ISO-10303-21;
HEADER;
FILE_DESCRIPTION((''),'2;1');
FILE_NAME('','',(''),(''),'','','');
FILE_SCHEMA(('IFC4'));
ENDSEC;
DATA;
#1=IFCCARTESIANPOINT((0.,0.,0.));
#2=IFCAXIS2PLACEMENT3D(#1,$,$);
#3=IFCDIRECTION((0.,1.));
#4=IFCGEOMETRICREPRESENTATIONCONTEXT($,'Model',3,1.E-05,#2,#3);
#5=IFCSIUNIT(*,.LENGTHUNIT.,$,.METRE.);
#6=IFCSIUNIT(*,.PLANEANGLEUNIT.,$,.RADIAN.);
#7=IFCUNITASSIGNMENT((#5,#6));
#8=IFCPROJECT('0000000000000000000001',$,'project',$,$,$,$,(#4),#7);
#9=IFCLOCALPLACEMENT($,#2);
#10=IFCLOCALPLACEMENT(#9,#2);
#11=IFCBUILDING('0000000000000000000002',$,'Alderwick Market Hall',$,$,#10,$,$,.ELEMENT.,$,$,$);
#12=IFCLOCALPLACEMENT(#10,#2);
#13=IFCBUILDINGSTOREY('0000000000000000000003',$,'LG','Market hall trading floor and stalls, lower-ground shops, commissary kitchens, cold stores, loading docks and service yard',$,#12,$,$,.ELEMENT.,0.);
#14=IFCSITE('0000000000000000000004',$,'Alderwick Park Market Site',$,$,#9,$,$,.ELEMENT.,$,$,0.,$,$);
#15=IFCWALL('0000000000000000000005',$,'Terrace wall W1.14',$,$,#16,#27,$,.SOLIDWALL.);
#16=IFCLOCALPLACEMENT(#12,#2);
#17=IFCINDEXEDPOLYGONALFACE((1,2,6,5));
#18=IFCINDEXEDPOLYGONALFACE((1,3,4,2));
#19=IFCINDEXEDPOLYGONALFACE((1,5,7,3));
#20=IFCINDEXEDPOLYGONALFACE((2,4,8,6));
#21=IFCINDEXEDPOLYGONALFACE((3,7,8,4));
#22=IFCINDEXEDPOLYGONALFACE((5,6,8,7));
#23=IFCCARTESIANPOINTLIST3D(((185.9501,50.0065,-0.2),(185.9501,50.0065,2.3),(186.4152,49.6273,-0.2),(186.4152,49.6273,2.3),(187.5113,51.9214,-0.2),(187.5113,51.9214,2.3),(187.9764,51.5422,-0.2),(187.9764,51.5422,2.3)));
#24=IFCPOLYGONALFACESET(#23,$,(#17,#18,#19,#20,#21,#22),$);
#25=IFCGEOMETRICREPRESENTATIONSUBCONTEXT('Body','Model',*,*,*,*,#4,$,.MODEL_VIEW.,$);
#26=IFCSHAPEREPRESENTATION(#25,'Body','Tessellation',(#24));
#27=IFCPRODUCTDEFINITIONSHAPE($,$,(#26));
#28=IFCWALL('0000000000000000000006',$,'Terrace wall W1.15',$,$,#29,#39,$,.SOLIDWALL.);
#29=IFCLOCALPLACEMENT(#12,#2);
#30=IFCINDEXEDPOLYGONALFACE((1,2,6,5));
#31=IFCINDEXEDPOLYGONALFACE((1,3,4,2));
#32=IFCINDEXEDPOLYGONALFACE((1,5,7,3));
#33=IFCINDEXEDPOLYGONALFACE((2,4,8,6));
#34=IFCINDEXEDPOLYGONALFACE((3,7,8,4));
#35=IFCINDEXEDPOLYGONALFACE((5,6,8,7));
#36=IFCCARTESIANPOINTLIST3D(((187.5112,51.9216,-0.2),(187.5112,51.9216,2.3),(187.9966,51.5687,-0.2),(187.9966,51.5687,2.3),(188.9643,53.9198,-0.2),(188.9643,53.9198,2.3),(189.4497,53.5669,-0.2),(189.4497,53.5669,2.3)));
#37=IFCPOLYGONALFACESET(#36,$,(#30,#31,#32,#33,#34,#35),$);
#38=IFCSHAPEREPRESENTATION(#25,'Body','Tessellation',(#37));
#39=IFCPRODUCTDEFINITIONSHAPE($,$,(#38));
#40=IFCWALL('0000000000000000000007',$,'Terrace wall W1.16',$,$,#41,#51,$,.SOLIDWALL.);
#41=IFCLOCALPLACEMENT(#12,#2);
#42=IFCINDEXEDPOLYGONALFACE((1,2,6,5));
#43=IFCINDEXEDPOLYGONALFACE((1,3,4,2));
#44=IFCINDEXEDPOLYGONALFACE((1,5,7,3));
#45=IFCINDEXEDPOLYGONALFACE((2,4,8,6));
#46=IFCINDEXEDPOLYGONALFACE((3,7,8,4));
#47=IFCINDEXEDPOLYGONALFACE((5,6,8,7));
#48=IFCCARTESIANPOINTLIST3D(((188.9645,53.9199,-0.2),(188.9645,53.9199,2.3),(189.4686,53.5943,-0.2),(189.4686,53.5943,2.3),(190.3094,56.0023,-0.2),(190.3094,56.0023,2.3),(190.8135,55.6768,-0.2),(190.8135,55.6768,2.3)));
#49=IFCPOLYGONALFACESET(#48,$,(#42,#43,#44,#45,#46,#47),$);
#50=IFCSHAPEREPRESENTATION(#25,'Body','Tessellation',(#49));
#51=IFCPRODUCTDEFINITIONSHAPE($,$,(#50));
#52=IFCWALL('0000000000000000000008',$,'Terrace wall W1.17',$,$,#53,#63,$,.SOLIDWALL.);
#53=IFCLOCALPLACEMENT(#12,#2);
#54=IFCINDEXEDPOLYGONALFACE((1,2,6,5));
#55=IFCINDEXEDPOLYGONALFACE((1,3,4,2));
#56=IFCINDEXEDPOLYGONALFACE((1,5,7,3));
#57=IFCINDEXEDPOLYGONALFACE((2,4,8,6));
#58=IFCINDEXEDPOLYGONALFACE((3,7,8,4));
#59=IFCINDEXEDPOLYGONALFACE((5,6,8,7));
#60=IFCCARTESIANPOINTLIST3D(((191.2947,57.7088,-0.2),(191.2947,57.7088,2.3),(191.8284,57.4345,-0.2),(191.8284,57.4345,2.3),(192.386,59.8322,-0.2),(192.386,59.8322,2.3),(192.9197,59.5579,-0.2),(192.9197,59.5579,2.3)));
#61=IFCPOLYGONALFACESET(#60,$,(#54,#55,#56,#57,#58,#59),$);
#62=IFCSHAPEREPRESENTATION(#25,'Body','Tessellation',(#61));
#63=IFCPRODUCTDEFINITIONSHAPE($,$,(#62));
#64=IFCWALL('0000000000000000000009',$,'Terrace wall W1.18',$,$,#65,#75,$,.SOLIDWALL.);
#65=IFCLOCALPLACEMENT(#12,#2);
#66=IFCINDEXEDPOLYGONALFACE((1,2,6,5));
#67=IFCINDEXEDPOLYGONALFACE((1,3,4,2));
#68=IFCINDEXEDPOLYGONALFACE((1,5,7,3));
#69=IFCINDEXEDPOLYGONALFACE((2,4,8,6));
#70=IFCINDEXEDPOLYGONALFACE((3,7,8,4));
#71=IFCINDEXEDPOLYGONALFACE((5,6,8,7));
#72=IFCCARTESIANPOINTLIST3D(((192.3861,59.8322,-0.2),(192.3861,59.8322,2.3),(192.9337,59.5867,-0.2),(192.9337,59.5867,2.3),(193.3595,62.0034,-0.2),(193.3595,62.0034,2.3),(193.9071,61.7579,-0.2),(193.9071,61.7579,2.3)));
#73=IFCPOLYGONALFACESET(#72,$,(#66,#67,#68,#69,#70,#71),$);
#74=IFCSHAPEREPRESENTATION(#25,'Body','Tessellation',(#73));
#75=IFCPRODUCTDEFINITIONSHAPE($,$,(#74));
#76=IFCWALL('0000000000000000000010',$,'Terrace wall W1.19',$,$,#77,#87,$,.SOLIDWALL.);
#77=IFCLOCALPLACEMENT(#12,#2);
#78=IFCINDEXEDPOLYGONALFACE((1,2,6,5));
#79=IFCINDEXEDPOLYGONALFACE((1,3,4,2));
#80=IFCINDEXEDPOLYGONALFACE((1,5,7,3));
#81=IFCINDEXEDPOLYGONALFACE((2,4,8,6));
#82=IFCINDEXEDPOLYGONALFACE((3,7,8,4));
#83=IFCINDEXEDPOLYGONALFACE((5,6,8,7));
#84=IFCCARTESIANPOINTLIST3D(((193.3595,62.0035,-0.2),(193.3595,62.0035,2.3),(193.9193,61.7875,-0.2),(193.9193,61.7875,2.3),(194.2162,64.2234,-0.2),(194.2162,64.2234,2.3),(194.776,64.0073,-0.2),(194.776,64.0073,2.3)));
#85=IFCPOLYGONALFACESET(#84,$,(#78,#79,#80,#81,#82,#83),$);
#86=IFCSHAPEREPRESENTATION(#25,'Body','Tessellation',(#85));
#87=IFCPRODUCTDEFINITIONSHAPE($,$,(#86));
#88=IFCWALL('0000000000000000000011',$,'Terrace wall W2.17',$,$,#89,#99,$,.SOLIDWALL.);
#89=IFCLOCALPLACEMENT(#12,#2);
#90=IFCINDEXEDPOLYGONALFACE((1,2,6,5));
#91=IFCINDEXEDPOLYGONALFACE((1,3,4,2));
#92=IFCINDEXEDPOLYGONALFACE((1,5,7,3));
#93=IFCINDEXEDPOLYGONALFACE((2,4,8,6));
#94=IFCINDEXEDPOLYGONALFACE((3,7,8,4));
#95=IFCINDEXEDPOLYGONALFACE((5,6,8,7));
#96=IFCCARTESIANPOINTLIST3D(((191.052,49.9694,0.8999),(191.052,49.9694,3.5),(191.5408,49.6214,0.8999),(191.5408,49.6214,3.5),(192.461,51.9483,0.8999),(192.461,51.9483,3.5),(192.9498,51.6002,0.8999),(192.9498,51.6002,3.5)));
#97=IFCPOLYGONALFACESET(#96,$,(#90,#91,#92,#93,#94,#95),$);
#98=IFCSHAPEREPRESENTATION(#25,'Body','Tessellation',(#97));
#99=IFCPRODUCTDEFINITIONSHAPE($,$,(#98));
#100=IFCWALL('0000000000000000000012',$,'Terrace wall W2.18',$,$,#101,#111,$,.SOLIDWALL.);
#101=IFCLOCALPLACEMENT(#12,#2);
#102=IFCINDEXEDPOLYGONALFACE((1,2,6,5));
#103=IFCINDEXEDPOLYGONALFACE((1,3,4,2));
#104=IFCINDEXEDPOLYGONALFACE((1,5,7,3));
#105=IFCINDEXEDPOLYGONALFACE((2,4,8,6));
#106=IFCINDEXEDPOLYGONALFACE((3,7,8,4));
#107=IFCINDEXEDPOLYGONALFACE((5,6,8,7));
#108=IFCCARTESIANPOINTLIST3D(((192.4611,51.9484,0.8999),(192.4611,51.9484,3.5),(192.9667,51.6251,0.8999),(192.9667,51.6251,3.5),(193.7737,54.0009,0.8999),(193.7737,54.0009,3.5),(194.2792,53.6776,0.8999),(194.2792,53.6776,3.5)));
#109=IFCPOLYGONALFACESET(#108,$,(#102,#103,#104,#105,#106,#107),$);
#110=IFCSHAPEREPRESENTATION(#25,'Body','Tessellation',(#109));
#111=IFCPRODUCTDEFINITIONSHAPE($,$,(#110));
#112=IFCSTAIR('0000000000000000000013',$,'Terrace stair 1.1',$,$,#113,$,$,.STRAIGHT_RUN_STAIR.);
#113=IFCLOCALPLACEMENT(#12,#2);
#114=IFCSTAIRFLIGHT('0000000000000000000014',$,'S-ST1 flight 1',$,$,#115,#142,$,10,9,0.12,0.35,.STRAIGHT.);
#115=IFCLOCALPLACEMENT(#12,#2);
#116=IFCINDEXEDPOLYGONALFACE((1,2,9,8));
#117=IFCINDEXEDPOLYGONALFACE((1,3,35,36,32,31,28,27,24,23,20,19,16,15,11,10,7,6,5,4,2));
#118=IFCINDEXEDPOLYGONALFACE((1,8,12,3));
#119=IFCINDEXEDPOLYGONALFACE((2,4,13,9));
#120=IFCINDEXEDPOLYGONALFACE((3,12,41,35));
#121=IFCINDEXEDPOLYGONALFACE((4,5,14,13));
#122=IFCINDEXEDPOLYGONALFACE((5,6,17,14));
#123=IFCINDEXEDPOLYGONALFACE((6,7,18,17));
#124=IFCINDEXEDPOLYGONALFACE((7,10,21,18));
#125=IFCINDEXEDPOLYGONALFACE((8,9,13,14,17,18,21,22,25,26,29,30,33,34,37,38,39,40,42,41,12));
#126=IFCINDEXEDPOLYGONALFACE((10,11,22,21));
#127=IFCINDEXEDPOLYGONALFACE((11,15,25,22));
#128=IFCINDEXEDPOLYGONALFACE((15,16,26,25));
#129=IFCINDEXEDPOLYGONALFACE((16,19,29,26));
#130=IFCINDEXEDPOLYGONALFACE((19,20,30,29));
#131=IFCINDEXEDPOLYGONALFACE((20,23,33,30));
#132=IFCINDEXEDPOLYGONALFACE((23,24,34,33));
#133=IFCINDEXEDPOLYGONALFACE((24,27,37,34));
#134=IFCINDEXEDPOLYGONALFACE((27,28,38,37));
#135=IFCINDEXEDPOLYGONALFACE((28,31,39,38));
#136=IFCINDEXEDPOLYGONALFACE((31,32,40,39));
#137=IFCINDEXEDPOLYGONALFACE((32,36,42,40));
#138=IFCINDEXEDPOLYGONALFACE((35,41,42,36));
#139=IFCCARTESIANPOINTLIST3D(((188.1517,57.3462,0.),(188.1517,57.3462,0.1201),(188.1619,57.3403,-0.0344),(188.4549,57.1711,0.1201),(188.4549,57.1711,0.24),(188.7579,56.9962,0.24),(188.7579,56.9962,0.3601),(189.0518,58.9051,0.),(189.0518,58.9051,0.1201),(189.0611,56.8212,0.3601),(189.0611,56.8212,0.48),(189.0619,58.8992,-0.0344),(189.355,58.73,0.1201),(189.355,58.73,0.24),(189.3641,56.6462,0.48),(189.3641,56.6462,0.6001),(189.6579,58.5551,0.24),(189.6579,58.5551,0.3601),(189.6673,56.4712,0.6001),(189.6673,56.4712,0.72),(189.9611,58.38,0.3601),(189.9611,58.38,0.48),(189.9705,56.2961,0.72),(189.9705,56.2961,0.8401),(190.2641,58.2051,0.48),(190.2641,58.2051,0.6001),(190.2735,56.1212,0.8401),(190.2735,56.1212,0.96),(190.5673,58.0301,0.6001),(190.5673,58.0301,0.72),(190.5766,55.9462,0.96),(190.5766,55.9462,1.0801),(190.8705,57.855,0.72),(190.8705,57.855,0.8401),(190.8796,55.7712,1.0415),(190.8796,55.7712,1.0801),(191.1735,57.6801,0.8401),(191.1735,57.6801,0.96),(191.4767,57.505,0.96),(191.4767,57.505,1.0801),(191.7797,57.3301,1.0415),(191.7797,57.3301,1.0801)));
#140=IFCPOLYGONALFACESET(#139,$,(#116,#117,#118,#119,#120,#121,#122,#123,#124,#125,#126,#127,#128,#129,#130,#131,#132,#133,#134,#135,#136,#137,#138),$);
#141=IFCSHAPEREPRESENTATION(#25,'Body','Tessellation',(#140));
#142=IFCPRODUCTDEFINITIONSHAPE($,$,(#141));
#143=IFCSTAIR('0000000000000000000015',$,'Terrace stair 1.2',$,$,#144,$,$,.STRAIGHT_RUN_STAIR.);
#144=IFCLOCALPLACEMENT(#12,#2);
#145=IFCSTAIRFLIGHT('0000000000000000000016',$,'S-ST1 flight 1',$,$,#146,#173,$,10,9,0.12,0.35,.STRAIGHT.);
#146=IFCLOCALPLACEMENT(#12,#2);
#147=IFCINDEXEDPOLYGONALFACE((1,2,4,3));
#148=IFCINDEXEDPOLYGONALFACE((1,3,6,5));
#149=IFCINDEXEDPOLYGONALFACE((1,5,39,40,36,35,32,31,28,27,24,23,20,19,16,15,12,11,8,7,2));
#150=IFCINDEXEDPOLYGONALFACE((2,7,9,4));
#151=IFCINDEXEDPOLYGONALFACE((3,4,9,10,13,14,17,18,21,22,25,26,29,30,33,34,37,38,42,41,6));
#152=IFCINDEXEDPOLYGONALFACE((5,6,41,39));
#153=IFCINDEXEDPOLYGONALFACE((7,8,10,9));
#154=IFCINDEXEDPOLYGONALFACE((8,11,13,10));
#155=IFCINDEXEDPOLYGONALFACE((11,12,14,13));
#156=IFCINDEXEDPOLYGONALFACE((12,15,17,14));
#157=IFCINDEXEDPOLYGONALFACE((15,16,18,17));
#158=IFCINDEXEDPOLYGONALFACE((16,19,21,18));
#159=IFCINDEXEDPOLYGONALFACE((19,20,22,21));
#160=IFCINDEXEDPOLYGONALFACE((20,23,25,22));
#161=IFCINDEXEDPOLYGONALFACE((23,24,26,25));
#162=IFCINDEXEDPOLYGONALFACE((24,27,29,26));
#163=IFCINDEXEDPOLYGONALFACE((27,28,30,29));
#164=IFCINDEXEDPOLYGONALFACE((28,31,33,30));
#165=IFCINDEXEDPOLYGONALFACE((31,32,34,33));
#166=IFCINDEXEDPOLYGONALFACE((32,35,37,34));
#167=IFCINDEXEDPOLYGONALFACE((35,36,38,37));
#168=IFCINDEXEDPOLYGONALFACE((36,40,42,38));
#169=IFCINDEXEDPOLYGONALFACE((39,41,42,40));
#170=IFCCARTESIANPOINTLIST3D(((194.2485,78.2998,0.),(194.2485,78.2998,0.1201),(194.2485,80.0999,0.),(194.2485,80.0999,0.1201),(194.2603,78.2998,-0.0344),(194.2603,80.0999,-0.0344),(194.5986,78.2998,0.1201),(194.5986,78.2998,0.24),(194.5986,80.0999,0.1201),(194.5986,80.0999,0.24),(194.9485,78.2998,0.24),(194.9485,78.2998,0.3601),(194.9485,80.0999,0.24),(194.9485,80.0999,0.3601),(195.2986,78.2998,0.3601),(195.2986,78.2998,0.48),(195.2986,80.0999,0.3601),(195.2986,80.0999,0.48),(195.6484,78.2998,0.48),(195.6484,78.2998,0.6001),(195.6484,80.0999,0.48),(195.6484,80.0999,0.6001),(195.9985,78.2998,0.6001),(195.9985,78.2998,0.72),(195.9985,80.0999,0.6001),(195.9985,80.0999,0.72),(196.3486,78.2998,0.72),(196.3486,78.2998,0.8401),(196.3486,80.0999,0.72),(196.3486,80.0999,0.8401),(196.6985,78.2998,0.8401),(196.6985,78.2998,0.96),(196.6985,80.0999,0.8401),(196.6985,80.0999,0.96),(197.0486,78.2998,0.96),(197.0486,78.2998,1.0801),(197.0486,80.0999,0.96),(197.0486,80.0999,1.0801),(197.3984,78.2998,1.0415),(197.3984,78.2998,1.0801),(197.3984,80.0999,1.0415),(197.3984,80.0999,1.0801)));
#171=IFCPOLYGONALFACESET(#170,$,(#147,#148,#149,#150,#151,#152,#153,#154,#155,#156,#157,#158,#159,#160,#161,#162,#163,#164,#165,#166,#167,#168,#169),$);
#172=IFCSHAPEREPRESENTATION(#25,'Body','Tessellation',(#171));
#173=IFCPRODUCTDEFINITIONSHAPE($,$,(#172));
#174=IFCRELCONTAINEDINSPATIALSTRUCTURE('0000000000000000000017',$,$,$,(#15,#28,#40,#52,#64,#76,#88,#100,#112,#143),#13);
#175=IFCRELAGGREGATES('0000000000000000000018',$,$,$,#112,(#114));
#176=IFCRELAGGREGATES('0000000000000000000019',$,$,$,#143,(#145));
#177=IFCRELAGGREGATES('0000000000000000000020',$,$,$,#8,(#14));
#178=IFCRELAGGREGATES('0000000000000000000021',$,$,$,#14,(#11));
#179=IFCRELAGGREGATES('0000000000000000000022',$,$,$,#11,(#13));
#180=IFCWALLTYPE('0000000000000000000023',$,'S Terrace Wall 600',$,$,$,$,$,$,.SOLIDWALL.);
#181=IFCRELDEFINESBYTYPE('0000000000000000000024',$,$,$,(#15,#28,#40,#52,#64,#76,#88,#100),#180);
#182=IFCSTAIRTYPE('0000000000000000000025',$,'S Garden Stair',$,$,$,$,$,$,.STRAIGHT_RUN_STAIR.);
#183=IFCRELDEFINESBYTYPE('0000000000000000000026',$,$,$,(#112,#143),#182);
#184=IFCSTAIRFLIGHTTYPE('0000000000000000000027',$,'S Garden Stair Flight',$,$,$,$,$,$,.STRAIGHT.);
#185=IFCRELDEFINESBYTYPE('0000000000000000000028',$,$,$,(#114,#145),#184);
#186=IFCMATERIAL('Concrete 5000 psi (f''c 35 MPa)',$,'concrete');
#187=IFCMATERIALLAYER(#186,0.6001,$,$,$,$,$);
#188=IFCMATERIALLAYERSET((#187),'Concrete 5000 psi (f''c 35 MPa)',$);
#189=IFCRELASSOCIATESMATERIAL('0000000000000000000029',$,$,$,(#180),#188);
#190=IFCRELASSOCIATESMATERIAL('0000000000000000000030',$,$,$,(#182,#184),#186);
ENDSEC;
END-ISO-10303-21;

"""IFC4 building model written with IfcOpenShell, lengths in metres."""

from ifc_helpers import new_model, si_unit, direction, frame, frame_2d, origin, place, context, subcontext, project, spatial, polyline, rectangle, outline, extrude, material, layer, layer_set, type_object, element, aggregate, save


model = new_model("IFC4")

# Units and contexts
model_context = context("Model", 3, precision=1e-05, world=origin(), true_north=direction((0.0, 1.0)))
body_context = subcontext(model_context, "Body", "Model", "MODEL_VIEW")
ifc_project = project(units=[si_unit("LENGTHUNIT", "METRE"), si_unit("PLANEANGLEUNIT", "RADIAN")], contexts=[model_context])

# Site, building, storey
site_placement = place(None, origin())
site = spatial("IfcSite", under=ifc_project, at=site_placement, Name="Alderwick Park Market Site", CompositionType="ELEMENT", RefElevation=0.0)
building_placement = place(site_placement, origin())
building = spatial("IfcBuilding", under=site, at=building_placement, Name="Alderwick Market Hall", CompositionType="ELEMENT")
storey_placement = place(building_placement, origin())
storey = spatial("IfcBuildingStorey", under=building, at=storey_placement, Name="LG", Description="Market hall trading floor and stalls, lower-ground shops, commissary kitchens, cold stores, loading docks and service yard", CompositionType="ELEMENT", Elevation=0.0)

# Walls
ifc_material_1 = material(Name="Concrete 5000 psi (f'c 35 MPa)", Category="concrete")
ifc_layer = layer(ifc_material_1, 0.6001)
ifc_layer_set = layer_set([ifc_layer], Name="Concrete 5000 psi (f'c 35 MPa)")
wall_type = type_object("IfcWallType", Name="S Terrace Wall 600", PredefinedType="SOLIDWALL", material=ifc_layer_set)
for number, where, z_axis, x_axis, name in (
    (1, (186.1826, 49.8169, -0.2), (0.0, 0.0, 1.0), (0.631886, 0.775061, 0.0), "Terrace wall W1.14"),
    (2, (187.7539, 51.7451, -0.2), (0.0, 0.0, 1.0), (0.588125, 0.80877, 0.0), "Terrace wall W1.15"),
):
    element("IfcWall", number, at=place(storey_placement, frame(where, z_axis=z_axis, x_axis=x_axis)), inside=storey, type_object=wall_type, Name=name, PredefinedType="SOLIDWALL", context=body_context, shape_type="SweptSolid", body=[
        extrude(rectangle(XDim=2.4707, YDim=0.6001, at=frame_2d((1.2354, 0.0))), origin(), (0.0, 0.0, 1.0), 2.5),
    ])
wall_1_placement = place(storey_placement, frame((189.2166, 53.7571, -0.2), z_axis=(0.0, 0.0, 1.0), x_axis=(0.542528, 0.840038, 0.0)))
element("IfcWall", 3, at=wall_1_placement, inside=storey, type_object=wall_type, Name="Terrace wall W1.16", PredefinedType="SOLIDWALL", context=body_context, shape_type="SweptSolid", body=[
    extrude(rectangle(XDim=2.479, YDim=0.6001, at=frame_2d((1.2395, 0.0))), origin(), (0.0, 0.0, 1.0), 2.5),
])
wall_2_placement = place(storey_placement, frame((191.5615, 57.5715, -0.2), z_axis=(0.0, 0.0, 1.0), x_axis=(0.457085, 0.889423, 0.0)))
element("IfcWall", 4, at=wall_2_placement, inside=storey, type_object=wall_type, Name="Terrace wall W1.17", PredefinedType="SOLIDWALL", context=body_context, shape_type="SweptSolid", body=[
    extrude(rectangle(XDim=2.3875, YDim=0.6001, at=frame_2d((1.1938, 0.0))), origin(), (0.0, 0.0, 1.0), 2.5),
])
for number, where, z_axis, x_axis, name in (
    (5, (192.6599, 59.7095, -0.2), (0.0, 0.0, 1.0), (0.409097, 0.912491, 0.0), "Terrace wall W1.18"),
    (6, (193.6394, 61.8955, -0.2), (0.0, 0.0, 1.0), (0.360058, 0.93293, 0.0), "Terrace wall W1.19"),
):
    element("IfcWall", number, at=place(storey_placement, frame(where, z_axis=z_axis, x_axis=x_axis)), inside=storey, type_object=wall_type, Name=name, PredefinedType="SOLIDWALL", context=body_context, shape_type="SweptSolid", body=[
        extrude(rectangle(XDim=2.3794, YDim=0.6001, at=frame_2d((1.1897, 0.0))), origin(), (0.0, 0.0, 1.0), 2.5),
    ])
wall_3_placement = place(storey_placement, frame((191.2964, 49.7954, 0.8999), z_axis=(0.0, 0.0, 1.0), x_axis=(0.580021, 0.814602, 0.0)))
element("IfcWall", 7, at=wall_3_placement, inside=storey, type_object=wall_type, Name="Terrace wall W2.17", PredefinedType="SOLIDWALL", context=body_context, shape_type="SweptSolid", body=[
    extrude(rectangle(XDim=2.4292, YDim=0.6001, at=frame_2d((1.2146, 0.0))), origin(), (0.0, 0.0, 1.0), 2.6001),
])
wall_4_placement = place(storey_placement, frame((192.7139, 51.7866, 0.8999), z_axis=(0.0, 0.0, 1.0), x_axis=(0.538735, 0.842475, 0.0)))
element("IfcWall", 8, at=wall_4_placement, inside=storey, type_object=wall_type, Name="Terrace wall W2.18", PredefinedType="SOLIDWALL", context=body_context, shape_type="SweptSolid", body=[
    extrude(rectangle(XDim=2.4363, YDim=0.6001, at=frame_2d((1.2183, 0.0))), origin(), (0.0, 0.0, 1.0), 2.6001),
])

# Stairs, stair flights
stair_type = type_object("IfcStairType", Name="S Garden Stair", PredefinedType="STRAIGHT_RUN_STAIR", material=ifc_material_1)
stair_1_placement = place(storey_placement, origin())
stair_1 = element("IfcStair", 9, at=stair_1_placement, inside=storey, type_object=stair_type, Name="Terrace stair 1.1", PredefinedType="STRAIGHT_RUN_STAIR")
stair_flight_type = type_object("IfcStairFlightType", Name="S Garden Stair Flight", PredefinedType="STRAIGHT", material=ifc_material_1)
stair_flight_1_placement = place(storey_placement, frame((188.6018, 58.1257, 0.0), z_axis=(0.0, 0.0, 1.0), x_axis=(0.866025, -0.5, 0.0)))
stair_flight_1 = element("IfcStairFlight", 10, at=stair_flight_1_placement, type_object=stair_flight_type, Name="S-ST1 flight 1", NumberOfRisers=10, NumberOfTreads=9, PredefinedType="STRAIGHT", RiserHeight=0.12, TreadLength=0.35, context=body_context, shape_type="SweptSolid", body=[
    extrude(outline(polyline([(0.0117, -0.0344), (0.0, 0.0), (0.0, 0.1201), (0.3501, 0.1201), (0.3501, 0.24), (0.7, 0.24), (0.7, 0.3601), (1.05, 0.3601), (1.05, 0.48), (1.3999, 0.48), (1.3999, 0.6001), (1.75, 0.6001), (1.75, 0.72), (2.1001, 0.72), (2.1001, 0.8401), (2.45, 0.8401), (2.45, 0.96), (2.8, 0.96), (2.8, 1.0801), (3.1499, 1.0801), (3.1499, 1.0415), (0.0117, -0.0344)])), frame((0.0, 0.8999, 0.0), z_axis=(0.0, -1.0, 0.0), x_axis=(1.0, 0.0, 0.0)), (0.0, 0.0, 1.0), 1.8),
])
stair_2_placement = place(storey_placement, origin())
stair_2 = element("IfcStair", 11, at=stair_2_placement, inside=storey, type_object=stair_type, Name="Terrace stair 1.2", PredefinedType="STRAIGHT_RUN_STAIR")
stair_flight_2_placement = place(storey_placement, frame((194.2485, 79.2, 0.0), z_axis=(0.0, 0.0, 1.0), x_axis=(1.0, 0.0, 0.0)))
stair_flight_2 = element("IfcStairFlight", 12, at=stair_flight_2_placement, type_object=stair_flight_type, Name="S-ST1 flight 1", NumberOfRisers=10, NumberOfTreads=9, PredefinedType="STRAIGHT", RiserHeight=0.12, TreadLength=0.35, context=body_context, shape_type="SweptSolid", body=[
    extrude(outline(polyline([(0.0117, -0.0344), (0.0, 0.0), (0.0, 0.1201), (0.3501, 0.1201), (0.3501, 0.24), (0.7, 0.24), (0.7, 0.3601), (1.05, 0.3601), (1.05, 0.48), (1.3999, 0.48), (1.3999, 0.6001), (1.75, 0.6001), (1.75, 0.72), (2.1001, 0.72), (2.1001, 0.8401), (2.45, 0.8401), (2.45, 0.96), (2.8, 0.96), (2.8, 1.0801), (3.1499, 1.0801), (3.1499, 1.0415), (0.0117, -0.0344)])), frame((0.0, 0.8999, 0.0), z_axis=(0.0, -1.0, 0.0), x_axis=(1.0, 0.0, 0.0)), (0.0, 0.0, 1.0), 1.8),
])

aggregate(stair_1, [stair_flight_1])
aggregate(stair_2, [stair_flight_2])

save(model, "model.ifc")
